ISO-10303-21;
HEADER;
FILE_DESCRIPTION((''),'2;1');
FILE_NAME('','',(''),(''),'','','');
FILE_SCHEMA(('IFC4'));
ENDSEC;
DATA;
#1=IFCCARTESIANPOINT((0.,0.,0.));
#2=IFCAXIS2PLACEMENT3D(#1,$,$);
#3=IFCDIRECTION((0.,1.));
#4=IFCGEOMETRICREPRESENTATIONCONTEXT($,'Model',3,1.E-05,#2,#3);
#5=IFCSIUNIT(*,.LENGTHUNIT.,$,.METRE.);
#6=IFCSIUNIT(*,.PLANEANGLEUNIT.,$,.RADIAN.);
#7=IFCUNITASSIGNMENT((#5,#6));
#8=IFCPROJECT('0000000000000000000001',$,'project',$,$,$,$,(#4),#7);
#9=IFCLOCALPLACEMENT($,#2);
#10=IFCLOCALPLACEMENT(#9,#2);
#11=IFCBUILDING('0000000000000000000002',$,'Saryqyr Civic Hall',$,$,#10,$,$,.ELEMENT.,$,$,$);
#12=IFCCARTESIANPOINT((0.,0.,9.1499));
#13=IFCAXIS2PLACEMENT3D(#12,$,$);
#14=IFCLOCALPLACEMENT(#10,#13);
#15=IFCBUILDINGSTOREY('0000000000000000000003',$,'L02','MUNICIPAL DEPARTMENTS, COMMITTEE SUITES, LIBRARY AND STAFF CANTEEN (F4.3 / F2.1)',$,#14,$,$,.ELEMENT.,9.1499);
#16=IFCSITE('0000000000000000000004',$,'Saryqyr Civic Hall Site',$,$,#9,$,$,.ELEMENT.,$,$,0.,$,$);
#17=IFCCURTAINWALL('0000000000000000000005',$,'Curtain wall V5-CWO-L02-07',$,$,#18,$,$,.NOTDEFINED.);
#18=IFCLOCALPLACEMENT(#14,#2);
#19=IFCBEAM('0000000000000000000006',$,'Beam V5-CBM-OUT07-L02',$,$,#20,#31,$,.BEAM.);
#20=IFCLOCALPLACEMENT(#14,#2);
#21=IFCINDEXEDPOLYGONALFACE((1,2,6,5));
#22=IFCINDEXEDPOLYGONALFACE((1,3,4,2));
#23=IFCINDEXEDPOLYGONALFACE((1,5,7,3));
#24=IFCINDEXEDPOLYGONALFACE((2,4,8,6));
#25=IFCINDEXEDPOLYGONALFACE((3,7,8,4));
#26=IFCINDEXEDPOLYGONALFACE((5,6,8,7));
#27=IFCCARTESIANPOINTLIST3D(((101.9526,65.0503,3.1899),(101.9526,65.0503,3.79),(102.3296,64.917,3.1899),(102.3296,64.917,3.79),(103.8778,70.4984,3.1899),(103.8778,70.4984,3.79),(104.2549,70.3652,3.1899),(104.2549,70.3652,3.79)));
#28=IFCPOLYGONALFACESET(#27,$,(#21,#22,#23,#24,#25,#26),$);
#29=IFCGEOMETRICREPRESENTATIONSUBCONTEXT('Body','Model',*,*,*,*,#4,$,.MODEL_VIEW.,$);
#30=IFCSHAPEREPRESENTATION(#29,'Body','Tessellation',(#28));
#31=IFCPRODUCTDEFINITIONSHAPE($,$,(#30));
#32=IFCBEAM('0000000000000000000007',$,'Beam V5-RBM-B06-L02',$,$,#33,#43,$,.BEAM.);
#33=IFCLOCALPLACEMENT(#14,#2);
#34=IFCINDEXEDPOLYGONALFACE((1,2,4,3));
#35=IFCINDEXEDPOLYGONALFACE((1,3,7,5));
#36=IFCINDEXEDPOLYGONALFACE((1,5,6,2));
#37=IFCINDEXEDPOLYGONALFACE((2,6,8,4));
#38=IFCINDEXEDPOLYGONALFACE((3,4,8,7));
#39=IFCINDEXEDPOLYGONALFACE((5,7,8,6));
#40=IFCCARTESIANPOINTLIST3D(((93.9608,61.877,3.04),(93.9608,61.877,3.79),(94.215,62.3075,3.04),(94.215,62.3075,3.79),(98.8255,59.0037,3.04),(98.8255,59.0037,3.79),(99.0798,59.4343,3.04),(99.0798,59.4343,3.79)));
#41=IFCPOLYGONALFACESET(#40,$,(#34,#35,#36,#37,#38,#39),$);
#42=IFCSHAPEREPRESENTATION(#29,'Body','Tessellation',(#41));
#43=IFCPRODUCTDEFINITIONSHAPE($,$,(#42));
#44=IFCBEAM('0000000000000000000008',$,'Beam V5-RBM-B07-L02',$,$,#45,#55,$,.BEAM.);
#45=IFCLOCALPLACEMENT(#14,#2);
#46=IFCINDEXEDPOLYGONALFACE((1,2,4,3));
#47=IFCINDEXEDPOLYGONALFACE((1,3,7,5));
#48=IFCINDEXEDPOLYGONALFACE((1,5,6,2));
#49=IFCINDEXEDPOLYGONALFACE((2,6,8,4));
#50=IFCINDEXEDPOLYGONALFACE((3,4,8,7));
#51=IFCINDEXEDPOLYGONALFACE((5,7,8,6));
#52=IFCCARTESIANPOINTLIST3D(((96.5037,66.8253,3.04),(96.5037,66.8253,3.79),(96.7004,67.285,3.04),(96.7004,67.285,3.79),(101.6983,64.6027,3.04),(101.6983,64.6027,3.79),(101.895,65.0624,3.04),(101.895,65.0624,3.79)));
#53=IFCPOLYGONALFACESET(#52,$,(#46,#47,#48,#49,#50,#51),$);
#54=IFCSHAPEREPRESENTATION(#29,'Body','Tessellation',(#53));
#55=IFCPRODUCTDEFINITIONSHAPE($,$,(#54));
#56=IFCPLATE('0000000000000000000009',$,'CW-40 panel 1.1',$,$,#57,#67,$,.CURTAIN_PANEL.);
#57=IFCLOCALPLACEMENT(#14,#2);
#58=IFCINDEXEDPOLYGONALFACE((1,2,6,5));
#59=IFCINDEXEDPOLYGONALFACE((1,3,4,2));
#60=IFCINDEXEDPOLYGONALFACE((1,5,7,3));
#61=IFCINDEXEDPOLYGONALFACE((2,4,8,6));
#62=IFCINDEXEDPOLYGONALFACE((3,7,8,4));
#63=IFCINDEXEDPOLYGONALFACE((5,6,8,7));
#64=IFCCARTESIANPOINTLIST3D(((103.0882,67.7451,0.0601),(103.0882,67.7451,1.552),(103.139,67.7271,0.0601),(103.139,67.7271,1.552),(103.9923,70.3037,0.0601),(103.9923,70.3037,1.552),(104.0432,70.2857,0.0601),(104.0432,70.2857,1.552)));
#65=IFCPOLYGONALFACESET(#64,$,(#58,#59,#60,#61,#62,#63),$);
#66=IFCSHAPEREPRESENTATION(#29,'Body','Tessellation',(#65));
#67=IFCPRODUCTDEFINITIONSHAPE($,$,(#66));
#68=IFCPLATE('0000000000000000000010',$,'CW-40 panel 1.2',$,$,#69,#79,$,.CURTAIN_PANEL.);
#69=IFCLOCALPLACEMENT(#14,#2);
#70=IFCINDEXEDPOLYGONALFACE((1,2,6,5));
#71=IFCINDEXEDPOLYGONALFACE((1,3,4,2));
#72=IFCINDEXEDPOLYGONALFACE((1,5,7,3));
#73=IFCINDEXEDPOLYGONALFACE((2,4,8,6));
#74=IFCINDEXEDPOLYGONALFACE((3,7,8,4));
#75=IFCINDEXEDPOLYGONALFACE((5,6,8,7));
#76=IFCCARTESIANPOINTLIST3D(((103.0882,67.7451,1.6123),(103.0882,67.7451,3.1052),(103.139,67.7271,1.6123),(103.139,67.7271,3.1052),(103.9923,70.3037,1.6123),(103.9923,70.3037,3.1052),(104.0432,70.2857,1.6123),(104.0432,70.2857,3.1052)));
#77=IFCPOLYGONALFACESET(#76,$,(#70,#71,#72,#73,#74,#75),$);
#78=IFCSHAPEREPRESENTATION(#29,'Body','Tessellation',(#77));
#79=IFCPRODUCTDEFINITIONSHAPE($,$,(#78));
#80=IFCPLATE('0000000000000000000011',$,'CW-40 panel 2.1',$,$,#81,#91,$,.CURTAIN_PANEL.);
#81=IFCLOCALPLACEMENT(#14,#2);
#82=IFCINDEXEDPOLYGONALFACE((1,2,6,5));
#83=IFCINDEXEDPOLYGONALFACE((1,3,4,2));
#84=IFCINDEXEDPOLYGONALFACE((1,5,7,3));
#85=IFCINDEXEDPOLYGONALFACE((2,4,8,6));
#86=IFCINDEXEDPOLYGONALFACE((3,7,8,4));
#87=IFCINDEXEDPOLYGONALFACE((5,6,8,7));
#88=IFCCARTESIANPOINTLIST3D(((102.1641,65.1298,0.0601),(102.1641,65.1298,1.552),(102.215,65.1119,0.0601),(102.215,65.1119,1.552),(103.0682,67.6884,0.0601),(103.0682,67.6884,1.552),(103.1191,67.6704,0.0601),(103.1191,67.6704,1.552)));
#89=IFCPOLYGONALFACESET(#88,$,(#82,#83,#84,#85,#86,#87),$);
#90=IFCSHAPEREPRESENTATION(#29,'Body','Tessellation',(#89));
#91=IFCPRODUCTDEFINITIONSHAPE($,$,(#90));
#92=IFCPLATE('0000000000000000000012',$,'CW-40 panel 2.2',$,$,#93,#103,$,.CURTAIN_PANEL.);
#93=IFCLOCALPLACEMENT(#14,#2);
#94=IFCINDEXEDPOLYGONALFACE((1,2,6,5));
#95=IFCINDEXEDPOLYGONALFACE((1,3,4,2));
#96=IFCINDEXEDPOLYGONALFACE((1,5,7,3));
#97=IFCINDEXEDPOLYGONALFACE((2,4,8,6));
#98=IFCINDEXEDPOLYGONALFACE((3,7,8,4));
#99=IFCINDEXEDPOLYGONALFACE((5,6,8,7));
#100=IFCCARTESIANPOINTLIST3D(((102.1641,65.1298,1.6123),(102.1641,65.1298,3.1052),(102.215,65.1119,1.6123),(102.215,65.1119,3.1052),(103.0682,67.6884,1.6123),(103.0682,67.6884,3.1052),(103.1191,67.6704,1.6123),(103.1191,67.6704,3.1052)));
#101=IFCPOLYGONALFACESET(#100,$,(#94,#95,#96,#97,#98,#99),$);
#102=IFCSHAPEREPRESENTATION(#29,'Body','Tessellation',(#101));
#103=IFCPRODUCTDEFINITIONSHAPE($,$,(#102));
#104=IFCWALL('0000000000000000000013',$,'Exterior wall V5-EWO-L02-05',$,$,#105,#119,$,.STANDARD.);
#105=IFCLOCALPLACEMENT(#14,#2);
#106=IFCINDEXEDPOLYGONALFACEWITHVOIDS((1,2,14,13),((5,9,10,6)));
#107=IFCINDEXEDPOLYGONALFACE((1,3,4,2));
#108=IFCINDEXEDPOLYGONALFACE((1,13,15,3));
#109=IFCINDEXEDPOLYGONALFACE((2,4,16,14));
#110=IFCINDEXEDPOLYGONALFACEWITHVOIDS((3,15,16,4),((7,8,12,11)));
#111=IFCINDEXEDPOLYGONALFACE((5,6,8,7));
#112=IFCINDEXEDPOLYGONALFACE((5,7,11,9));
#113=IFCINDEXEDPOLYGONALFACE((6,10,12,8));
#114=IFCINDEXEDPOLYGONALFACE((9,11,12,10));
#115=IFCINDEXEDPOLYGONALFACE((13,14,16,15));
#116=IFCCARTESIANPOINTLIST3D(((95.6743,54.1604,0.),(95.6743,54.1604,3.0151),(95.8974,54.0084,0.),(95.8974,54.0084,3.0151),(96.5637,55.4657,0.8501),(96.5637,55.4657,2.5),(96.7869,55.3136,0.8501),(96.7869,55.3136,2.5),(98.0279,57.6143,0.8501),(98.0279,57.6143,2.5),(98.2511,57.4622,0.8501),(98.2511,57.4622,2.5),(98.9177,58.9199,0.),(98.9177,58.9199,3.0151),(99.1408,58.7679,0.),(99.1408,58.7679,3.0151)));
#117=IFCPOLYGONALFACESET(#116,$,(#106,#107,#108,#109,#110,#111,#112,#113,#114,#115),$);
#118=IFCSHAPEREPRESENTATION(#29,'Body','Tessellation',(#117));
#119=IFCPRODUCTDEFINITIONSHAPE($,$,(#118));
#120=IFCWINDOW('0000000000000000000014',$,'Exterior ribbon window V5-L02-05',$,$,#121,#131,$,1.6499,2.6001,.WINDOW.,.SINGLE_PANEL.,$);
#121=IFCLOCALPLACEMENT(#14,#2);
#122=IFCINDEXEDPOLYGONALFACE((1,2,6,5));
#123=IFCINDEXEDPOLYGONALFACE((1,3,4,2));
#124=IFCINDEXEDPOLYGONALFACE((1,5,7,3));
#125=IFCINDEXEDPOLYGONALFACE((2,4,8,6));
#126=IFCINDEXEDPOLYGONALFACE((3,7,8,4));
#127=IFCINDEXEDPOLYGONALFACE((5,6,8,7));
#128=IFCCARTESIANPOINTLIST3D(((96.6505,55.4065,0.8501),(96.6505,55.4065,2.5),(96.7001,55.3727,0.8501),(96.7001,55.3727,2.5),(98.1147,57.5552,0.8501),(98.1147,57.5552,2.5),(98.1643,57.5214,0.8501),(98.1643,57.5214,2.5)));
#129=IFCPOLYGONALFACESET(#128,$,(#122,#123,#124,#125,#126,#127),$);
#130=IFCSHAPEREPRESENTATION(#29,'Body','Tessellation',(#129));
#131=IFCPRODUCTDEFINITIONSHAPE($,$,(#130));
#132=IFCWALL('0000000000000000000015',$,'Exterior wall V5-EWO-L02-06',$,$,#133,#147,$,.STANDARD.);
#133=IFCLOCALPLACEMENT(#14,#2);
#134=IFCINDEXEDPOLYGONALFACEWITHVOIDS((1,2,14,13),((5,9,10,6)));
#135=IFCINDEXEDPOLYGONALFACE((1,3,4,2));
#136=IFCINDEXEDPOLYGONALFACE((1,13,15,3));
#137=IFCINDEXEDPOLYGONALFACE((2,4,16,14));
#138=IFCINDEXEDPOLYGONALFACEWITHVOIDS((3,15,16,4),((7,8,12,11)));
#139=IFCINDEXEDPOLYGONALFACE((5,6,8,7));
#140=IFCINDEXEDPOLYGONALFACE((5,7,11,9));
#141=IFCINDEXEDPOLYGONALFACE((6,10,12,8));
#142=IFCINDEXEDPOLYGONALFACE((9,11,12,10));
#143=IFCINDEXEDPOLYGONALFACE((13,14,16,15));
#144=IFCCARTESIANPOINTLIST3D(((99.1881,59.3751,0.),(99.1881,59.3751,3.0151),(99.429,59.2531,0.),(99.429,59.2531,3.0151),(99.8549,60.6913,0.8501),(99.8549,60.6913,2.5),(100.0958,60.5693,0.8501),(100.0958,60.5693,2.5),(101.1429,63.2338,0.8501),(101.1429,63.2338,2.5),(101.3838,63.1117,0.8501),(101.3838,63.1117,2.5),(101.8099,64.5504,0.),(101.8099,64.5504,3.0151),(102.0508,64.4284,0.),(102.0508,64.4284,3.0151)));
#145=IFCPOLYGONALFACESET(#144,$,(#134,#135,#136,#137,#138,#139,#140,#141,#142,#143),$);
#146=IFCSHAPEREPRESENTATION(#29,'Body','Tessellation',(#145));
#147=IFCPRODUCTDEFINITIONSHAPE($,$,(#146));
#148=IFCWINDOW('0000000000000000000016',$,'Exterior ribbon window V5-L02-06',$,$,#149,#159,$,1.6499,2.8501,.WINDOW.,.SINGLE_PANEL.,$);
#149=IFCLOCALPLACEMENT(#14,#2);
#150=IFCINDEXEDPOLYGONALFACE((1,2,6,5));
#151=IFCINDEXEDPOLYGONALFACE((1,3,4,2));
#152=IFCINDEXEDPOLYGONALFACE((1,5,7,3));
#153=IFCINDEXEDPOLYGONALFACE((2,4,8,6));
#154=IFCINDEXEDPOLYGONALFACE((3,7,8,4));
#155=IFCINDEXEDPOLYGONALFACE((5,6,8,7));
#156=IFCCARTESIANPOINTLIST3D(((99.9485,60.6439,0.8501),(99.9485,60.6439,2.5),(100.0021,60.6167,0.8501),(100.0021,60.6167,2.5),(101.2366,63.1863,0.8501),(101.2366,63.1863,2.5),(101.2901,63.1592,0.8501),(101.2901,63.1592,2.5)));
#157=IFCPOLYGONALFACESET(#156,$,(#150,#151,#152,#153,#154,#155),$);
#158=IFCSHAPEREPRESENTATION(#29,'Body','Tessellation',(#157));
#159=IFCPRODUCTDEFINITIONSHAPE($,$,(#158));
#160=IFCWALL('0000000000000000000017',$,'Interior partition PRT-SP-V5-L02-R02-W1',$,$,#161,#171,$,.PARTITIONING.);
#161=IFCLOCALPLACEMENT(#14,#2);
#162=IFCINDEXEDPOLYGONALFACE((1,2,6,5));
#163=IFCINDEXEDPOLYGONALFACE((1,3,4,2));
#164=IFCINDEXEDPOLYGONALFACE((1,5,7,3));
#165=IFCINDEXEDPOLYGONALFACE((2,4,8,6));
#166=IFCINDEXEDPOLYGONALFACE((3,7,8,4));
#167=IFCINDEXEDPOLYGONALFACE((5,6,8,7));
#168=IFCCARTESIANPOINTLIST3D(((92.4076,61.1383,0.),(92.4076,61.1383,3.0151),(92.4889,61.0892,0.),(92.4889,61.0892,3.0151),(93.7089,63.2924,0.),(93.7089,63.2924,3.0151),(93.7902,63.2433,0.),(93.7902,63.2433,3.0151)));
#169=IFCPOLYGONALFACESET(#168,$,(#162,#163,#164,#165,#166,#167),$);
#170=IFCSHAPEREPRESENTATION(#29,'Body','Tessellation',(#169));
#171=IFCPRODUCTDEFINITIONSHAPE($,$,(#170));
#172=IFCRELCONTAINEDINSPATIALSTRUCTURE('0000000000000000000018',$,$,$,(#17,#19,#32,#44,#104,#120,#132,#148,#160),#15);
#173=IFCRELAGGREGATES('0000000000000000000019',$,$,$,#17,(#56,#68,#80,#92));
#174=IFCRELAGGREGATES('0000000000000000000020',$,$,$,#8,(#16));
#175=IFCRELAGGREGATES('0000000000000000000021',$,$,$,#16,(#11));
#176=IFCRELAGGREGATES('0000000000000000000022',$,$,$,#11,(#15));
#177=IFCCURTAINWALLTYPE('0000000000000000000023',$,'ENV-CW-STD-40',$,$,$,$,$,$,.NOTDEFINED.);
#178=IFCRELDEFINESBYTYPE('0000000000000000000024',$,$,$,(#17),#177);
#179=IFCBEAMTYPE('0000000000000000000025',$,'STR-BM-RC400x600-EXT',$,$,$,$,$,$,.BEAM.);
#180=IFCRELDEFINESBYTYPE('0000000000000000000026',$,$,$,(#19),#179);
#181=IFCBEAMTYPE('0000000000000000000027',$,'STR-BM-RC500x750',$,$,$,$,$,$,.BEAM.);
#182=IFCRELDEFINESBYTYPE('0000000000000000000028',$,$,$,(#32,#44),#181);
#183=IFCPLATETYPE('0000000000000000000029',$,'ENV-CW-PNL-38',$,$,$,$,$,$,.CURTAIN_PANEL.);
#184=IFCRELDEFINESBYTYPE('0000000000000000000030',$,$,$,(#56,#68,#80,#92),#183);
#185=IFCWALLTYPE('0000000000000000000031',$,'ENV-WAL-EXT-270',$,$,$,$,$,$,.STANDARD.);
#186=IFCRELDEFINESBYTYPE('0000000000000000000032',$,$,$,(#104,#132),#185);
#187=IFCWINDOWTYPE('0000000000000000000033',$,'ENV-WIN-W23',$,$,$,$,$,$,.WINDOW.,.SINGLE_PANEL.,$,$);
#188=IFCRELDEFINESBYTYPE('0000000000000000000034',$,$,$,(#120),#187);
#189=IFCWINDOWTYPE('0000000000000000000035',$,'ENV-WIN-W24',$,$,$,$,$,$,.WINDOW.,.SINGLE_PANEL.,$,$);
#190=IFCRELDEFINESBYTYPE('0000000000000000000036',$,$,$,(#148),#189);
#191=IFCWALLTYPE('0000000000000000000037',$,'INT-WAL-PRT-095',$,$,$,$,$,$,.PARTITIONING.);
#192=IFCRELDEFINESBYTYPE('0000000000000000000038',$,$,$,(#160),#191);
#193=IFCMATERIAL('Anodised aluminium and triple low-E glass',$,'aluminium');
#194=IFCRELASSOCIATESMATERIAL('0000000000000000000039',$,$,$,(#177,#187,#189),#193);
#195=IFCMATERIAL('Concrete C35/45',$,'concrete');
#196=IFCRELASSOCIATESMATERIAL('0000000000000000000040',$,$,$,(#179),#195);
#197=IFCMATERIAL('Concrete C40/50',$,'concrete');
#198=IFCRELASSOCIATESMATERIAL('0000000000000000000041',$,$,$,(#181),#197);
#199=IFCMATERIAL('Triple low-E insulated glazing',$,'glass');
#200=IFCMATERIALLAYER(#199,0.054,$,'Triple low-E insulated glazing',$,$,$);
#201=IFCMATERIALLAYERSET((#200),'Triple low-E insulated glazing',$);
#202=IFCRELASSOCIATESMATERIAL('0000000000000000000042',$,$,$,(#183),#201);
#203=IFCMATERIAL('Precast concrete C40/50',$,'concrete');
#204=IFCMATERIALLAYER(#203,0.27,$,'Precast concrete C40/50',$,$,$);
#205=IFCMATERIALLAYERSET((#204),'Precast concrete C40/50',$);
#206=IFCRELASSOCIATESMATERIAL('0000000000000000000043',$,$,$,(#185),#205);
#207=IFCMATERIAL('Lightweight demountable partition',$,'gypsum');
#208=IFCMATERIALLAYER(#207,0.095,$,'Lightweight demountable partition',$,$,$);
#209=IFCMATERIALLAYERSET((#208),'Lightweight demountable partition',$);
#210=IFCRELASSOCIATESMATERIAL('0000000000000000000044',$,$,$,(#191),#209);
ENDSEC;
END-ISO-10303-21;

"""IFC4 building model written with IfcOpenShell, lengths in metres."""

from ifc_helpers import new_model, si_unit, direction, frame, frame_2d, origin, origin_2d, place, context, subcontext, project, spatial, rectangle, extrude, material, layer, layer_set, material_profile, profile_set, type_object, element, fill, aggregate, save


model = new_model("IFC4")

# Units and contexts
model_context = context("Model", 3, precision=1e-05, world=origin(), true_north=direction((0.0, 1.0)))
body_context = subcontext(model_context, "Body", "Model", "MODEL_VIEW")
ifc_project = project(units=[si_unit("LENGTHUNIT", "METRE"), si_unit("PLANEANGLEUNIT", "RADIAN")], contexts=[model_context])

# Site, building, storey
site_placement = place(None, origin())
site = spatial("IfcSite", under=ifc_project, at=site_placement, Name="Saryqyr Civic Hall Site", CompositionType="ELEMENT", RefElevation=0.0)
building_placement = place(site_placement, origin())
building = spatial("IfcBuilding", under=site, at=building_placement, Name="Saryqyr Civic Hall", CompositionType="ELEMENT")
storey_placement = place(building_placement, frame((0.0, 0.0, 9.1499)))
storey = spatial("IfcBuildingStorey", under=building, at=storey_placement, Name="L02", Description="MUNICIPAL DEPARTMENTS, COMMITTEE SUITES, LIBRARY AND STAFF CANTEEN (F4.3 / F2.1)", CompositionType="ELEMENT", Elevation=9.1499)

# Shared definitions
ifc_material_1 = material(Name="Concrete C40/50", Category="concrete")

# Curtain wall
ifc_material_2 = material(Name="Anodised aluminium and triple low-E glass", Category="aluminium")
curtain_wall_type = type_object("IfcCurtainWallType", Name="ENV-CW-STD-40", PredefinedType="NOTDEFINED", material=ifc_material_2)
curtain_wall_placement = place(storey_placement, origin())
curtain_wall = element("IfcCurtainWall", 1, at=curtain_wall_placement, inside=storey, type_object=curtain_wall_type, Name="Curtain wall V5-CWO-L02-07", PredefinedType="NOTDEFINED")

# Beams
ifc_material_3 = material(Name="Concrete C35/45", Category="concrete")
ifc_material_profile_1 = material_profile(ifc_material_3, rectangle(XDim=0.3999, YDim=0.6001, at=origin_2d()), Name="RC 400x600")
ifc_profile_set_1 = profile_set([ifc_material_profile_1], Name="Concrete C35/45")
beam_type_1 = type_object("IfcBeamType", Name="STR-BM-RC400x600-EXT", PredefinedType="BEAM", material=ifc_profile_set_1)
for number, where, z_axis, x_axis, name in (
    (2, (102.1411, 64.9836, 3.49), (0.333187, 0.942861, 0.0), (-0.942861, 0.333187, 0.0), "Beam V5-CBM-OUT07-L02"),
):
    element("IfcBeam", number, at=place(storey_placement, frame(where, z_axis=z_axis, x_axis=x_axis)), inside=storey, type_object=beam_type_1, Name=name, PredefinedType="BEAM", context=body_context, shape_type="SweptSolid", body=[
        extrude(rectangle(XDim=0.3999, YDim=0.6001, at=origin_2d()), origin(), (0.0, 0.0, 1.0), 5.7783),
    ])
ifc_material_profile_2 = material_profile(ifc_material_1, rectangle(XDim=0.5, YDim=0.75, at=origin_2d()), Name="RC 500x750")
ifc_profile_set_2 = profile_set([ifc_material_profile_2], Name="Concrete C40/50")
beam_type_2 = type_object("IfcBeamType", Name="STR-BM-RC500x750", PredefinedType="BEAM", material=ifc_profile_set_2)
beam_1_placement = place(storey_placement, frame((94.0879, 62.0923, 3.415), z_axis=(0.86103, -0.508555, 0.0), x_axis=(0.508555, 0.86103, 0.0)))
element("IfcBeam", 3, at=beam_1_placement, inside=storey, type_object=beam_type_2, Name="Beam V5-RBM-B06-L02", PredefinedType="BEAM", context=body_context, shape_type="SweptSolid", body=[
    extrude(rectangle(XDim=0.5, YDim=0.75, at=origin_2d()), origin(), (0.0, 0.0, 1.0), 5.6499),
])
beam_2_placement = place(storey_placement, frame((96.6021, 67.0552, 3.415), z_axis=(0.919375, -0.393382, 0.0), x_axis=(0.393382, 0.919375, 0.0)))
element("IfcBeam", 4, at=beam_2_placement, inside=storey, type_object=beam_type_2, Name="Beam V5-RBM-B07-L02", PredefinedType="BEAM", context=body_context, shape_type="SweptSolid", body=[
    extrude(rectangle(XDim=0.5, YDim=0.75, at=origin_2d()), origin(), (0.0, 0.0, 1.0), 5.6501),
])

# Plates
ifc_material_4 = material(Name="Triple low-E insulated glazing", Category="glass")
ifc_layer_1 = layer(ifc_material_4, 0.054, Name="Triple low-E insulated glazing")
ifc_layer_set_1 = layer_set([ifc_layer_1], Name="Triple low-E insulated glazing")
plate_type = type_object("IfcPlateType", Name="ENV-CW-PNL-38", PredefinedType="CURTAIN_PANEL", material=ifc_layer_set_1)
plate_1_placement = place(storey_placement, frame((103.5657, 69.0154, 0.0601), z_axis=(0.0, 0.0, 1.0), x_axis=(-0.33318, -0.942863, 0.0)))
plate_1 = element("IfcPlate", 5, at=plate_1_placement, type_object=plate_type, Name="CW-40 panel 1.1", PredefinedType="CURTAIN_PANEL", context=body_context, shape_type="SweptSolid", body=[
    extrude(rectangle(XDim=2.7136, YDim=0.054, at=origin_2d()), origin(), (0.0, 0.0, 1.0), 1.4919),
])
plate_2_placement = place(storey_placement, frame((103.5657, 69.0154, 1.6123), z_axis=(0.0, 0.0, 1.0), x_axis=(-0.33318, -0.942863, 0.0)))
plate_2 = element("IfcPlate", 6, at=plate_2_placement, type_object=plate_type, Name="CW-40 panel 1.2", PredefinedType="CURTAIN_PANEL", context=body_context, shape_type="SweptSolid", body=[
    extrude(rectangle(XDim=2.7136, YDim=0.054, at=origin_2d()), origin(), (0.0, 0.0, 1.0), 1.4929),
])
plate_3_placement = place(storey_placement, frame((102.6416, 66.4001, 0.0601), z_axis=(0.0, 0.0, 1.0), x_axis=(-0.33318, -0.942863, 0.0)))
plate_3 = element("IfcPlate", 7, at=plate_3_placement, type_object=plate_type, Name="CW-40 panel 2.1", PredefinedType="CURTAIN_PANEL", context=body_context, shape_type="SweptSolid", body=[
    extrude(rectangle(XDim=2.7136, YDim=0.054, at=origin_2d()), origin(), (0.0, 0.0, 1.0), 1.4919),
])
plate_4_placement = place(storey_placement, frame((102.6416, 66.4001, 1.6123), z_axis=(0.0, 0.0, 1.0), x_axis=(-0.33318, -0.942863, 0.0)))
plate_4 = element("IfcPlate", 8, at=plate_4_placement, type_object=plate_type, Name="CW-40 panel 2.2", PredefinedType="CURTAIN_PANEL", context=body_context, shape_type="SweptSolid", body=[
    extrude(rectangle(XDim=2.7136, YDim=0.054, at=origin_2d()), origin(), (0.0, 0.0, 1.0), 1.4929),
])
aggregate(curtain_wall, [plate_1, plate_2, plate_3, plate_4])

# Walls, openings, windows
ifc_material_5 = material(Name="Precast concrete C40/50", Category="concrete")
ifc_layer_2 = layer(ifc_material_5, 0.27, Name="Precast concrete C40/50")
ifc_layer_set_2 = layer_set([ifc_layer_2], Name="Precast concrete C40/50")
wall_type_1 = type_object("IfcWallType", Name="ENV-WAL-EXT-270", PredefinedType="STANDARD", material=ifc_layer_set_2)
wall_1_placement = place(storey_placement, frame((99.0293, 58.844, 0.0), z_axis=(0.0, 0.0, 1.0), x_axis=(-0.563133, -0.826366, 0.0)))
wall_1 = element("IfcWall", 9, at=wall_1_placement, inside=storey, type_object=wall_type_1, Name="Exterior wall V5-EWO-L02-05", PredefinedType="STANDARD", context=body_context, shape_type="SweptSolid", body=[
    extrude(rectangle(XDim=5.7595, YDim=0.27, at=frame_2d((2.8799, 0.0))), origin(), (0.0, 0.0, 1.0), 3.0151),
])
opening_1_placement = place(wall_1_placement, frame((1.5801, 0.0, 0.8501)))
opening_1 = element("IfcOpeningElement", 10, at=opening_1_placement, cuts=wall_1, PredefinedType="OPENING", context=body_context, shape_type="SweptSolid", body=[
    extrude(rectangle(XDim=2.6001, YDim=1.6499, at=frame_2d((1.3, 0.825))), frame((0.0, 0.145, 0.0), z_axis=(0.0, -1.0, 0.0), x_axis=(1.0, 0.0, 0.0)), (0.0, 0.0, 1.0), 0.29),
])
window_type_1 = type_object("IfcWindowType", Name="ENV-WIN-W23", PartitioningType="SINGLE_PANEL", PredefinedType="WINDOW", material=ifc_material_2)
window_1_placement = place(opening_1_placement, origin())
window_1 = element("IfcWindow", 11, at=window_1_placement, inside=storey, type_object=window_type_1, Name="Exterior ribbon window V5-L02-05", OverallHeight=1.6499, OverallWidth=2.6001, PartitioningType="SINGLE_PANEL", PredefinedType="WINDOW", context=body_context, shape_type="SweptSolid", body=[
    extrude(rectangle(XDim=2.6001, YDim=1.6499, at=frame_2d((1.3, 0.825))), frame((0.0, 0.03, 0.0), z_axis=(0.0, -1.0, 0.0), x_axis=(1.0, 0.0, 0.0)), (0.0, 0.0, 1.0), 0.0601),
])
fill(opening_1, window_1)
wall_2_placement = place(storey_placement, frame((101.9304, 64.4895, 0.0), z_axis=(0.0, 0.0, 1.0), x_axis=(-0.451921, -0.892058, 0.0)))
wall_2 = element("IfcWall", 12, at=wall_2_placement, inside=storey, type_object=wall_type_1, Name="Exterior wall V5-EWO-L02-06", PredefinedType="STANDARD", context=body_context, shape_type="SweptSolid", body=[
    extrude(rectangle(XDim=5.8015, YDim=0.27, at=frame_2d((2.9009, 0.0))), origin(), (0.0, 0.0, 1.0), 3.0151),
])
opening_2_placement = place(wall_2_placement, frame((1.4761, 0.0, 0.8501)))
opening_2 = element("IfcOpeningElement", 13, at=opening_2_placement, cuts=wall_2, PredefinedType="OPENING", context=body_context, shape_type="SweptSolid", body=[
    extrude(rectangle(XDim=2.8501, YDim=1.6499, at=frame_2d((1.425, 0.825))), frame((0.0, 0.145, 0.0), z_axis=(0.0, -1.0, 0.0), x_axis=(1.0, 0.0, 0.0)), (0.0, 0.0, 1.0), 0.29),
])
window_type_2 = type_object("IfcWindowType", Name="ENV-WIN-W24", PartitioningType="SINGLE_PANEL", PredefinedType="WINDOW", material=ifc_material_2)
window_2_placement = place(opening_2_placement, origin())
window_2 = element("IfcWindow", 14, at=window_2_placement, inside=storey, type_object=window_type_2, Name="Exterior ribbon window V5-L02-06", OverallHeight=1.6499, OverallWidth=2.8501, PartitioningType="SINGLE_PANEL", PredefinedType="WINDOW", context=body_context, shape_type="SweptSolid", body=[
    extrude(rectangle(XDim=2.8501, YDim=1.6499, at=frame_2d((1.425, 0.825))), frame((0.0, 0.03, 0.0), z_axis=(0.0, -1.0, 0.0), x_axis=(1.0, 0.0, 0.0)), (0.0, 0.0, 1.0), 0.0601),
])
fill(opening_2, window_2)

# Wall
ifc_material_6 = material(Name="Lightweight demountable partition", Category="gypsum")
ifc_layer_3 = layer(ifc_material_6, 0.095, Name="Lightweight demountable partition")
ifc_layer_set_3 = layer_set([ifc_layer_3], Name="Lightweight demountable partition")
wall_type_2 = type_object("IfcWallType", Name="INT-WAL-PRT-095", PredefinedType="PARTITIONING", material=ifc_layer_set_3)
wall_3_placement = place(storey_placement, frame((92.4482, 61.1138, 0.0), z_axis=(0.0, 0.0, 1.0), x_axis=(0.517076, 0.85594, 0.0)))
element("IfcWall", 15, at=wall_3_placement, inside=storey, type_object=wall_type_2, Name="Interior partition PRT-SP-V5-L02-R02-W1", PredefinedType="PARTITIONING", context=body_context, shape_type="SweptSolid", body=[
    extrude(rectangle(XDim=2.5166, YDim=0.095, at=frame_2d((1.2583, 0.0))), origin(), (0.0, 0.0, 1.0), 3.0151),
])

save(model, "model.ifc")
